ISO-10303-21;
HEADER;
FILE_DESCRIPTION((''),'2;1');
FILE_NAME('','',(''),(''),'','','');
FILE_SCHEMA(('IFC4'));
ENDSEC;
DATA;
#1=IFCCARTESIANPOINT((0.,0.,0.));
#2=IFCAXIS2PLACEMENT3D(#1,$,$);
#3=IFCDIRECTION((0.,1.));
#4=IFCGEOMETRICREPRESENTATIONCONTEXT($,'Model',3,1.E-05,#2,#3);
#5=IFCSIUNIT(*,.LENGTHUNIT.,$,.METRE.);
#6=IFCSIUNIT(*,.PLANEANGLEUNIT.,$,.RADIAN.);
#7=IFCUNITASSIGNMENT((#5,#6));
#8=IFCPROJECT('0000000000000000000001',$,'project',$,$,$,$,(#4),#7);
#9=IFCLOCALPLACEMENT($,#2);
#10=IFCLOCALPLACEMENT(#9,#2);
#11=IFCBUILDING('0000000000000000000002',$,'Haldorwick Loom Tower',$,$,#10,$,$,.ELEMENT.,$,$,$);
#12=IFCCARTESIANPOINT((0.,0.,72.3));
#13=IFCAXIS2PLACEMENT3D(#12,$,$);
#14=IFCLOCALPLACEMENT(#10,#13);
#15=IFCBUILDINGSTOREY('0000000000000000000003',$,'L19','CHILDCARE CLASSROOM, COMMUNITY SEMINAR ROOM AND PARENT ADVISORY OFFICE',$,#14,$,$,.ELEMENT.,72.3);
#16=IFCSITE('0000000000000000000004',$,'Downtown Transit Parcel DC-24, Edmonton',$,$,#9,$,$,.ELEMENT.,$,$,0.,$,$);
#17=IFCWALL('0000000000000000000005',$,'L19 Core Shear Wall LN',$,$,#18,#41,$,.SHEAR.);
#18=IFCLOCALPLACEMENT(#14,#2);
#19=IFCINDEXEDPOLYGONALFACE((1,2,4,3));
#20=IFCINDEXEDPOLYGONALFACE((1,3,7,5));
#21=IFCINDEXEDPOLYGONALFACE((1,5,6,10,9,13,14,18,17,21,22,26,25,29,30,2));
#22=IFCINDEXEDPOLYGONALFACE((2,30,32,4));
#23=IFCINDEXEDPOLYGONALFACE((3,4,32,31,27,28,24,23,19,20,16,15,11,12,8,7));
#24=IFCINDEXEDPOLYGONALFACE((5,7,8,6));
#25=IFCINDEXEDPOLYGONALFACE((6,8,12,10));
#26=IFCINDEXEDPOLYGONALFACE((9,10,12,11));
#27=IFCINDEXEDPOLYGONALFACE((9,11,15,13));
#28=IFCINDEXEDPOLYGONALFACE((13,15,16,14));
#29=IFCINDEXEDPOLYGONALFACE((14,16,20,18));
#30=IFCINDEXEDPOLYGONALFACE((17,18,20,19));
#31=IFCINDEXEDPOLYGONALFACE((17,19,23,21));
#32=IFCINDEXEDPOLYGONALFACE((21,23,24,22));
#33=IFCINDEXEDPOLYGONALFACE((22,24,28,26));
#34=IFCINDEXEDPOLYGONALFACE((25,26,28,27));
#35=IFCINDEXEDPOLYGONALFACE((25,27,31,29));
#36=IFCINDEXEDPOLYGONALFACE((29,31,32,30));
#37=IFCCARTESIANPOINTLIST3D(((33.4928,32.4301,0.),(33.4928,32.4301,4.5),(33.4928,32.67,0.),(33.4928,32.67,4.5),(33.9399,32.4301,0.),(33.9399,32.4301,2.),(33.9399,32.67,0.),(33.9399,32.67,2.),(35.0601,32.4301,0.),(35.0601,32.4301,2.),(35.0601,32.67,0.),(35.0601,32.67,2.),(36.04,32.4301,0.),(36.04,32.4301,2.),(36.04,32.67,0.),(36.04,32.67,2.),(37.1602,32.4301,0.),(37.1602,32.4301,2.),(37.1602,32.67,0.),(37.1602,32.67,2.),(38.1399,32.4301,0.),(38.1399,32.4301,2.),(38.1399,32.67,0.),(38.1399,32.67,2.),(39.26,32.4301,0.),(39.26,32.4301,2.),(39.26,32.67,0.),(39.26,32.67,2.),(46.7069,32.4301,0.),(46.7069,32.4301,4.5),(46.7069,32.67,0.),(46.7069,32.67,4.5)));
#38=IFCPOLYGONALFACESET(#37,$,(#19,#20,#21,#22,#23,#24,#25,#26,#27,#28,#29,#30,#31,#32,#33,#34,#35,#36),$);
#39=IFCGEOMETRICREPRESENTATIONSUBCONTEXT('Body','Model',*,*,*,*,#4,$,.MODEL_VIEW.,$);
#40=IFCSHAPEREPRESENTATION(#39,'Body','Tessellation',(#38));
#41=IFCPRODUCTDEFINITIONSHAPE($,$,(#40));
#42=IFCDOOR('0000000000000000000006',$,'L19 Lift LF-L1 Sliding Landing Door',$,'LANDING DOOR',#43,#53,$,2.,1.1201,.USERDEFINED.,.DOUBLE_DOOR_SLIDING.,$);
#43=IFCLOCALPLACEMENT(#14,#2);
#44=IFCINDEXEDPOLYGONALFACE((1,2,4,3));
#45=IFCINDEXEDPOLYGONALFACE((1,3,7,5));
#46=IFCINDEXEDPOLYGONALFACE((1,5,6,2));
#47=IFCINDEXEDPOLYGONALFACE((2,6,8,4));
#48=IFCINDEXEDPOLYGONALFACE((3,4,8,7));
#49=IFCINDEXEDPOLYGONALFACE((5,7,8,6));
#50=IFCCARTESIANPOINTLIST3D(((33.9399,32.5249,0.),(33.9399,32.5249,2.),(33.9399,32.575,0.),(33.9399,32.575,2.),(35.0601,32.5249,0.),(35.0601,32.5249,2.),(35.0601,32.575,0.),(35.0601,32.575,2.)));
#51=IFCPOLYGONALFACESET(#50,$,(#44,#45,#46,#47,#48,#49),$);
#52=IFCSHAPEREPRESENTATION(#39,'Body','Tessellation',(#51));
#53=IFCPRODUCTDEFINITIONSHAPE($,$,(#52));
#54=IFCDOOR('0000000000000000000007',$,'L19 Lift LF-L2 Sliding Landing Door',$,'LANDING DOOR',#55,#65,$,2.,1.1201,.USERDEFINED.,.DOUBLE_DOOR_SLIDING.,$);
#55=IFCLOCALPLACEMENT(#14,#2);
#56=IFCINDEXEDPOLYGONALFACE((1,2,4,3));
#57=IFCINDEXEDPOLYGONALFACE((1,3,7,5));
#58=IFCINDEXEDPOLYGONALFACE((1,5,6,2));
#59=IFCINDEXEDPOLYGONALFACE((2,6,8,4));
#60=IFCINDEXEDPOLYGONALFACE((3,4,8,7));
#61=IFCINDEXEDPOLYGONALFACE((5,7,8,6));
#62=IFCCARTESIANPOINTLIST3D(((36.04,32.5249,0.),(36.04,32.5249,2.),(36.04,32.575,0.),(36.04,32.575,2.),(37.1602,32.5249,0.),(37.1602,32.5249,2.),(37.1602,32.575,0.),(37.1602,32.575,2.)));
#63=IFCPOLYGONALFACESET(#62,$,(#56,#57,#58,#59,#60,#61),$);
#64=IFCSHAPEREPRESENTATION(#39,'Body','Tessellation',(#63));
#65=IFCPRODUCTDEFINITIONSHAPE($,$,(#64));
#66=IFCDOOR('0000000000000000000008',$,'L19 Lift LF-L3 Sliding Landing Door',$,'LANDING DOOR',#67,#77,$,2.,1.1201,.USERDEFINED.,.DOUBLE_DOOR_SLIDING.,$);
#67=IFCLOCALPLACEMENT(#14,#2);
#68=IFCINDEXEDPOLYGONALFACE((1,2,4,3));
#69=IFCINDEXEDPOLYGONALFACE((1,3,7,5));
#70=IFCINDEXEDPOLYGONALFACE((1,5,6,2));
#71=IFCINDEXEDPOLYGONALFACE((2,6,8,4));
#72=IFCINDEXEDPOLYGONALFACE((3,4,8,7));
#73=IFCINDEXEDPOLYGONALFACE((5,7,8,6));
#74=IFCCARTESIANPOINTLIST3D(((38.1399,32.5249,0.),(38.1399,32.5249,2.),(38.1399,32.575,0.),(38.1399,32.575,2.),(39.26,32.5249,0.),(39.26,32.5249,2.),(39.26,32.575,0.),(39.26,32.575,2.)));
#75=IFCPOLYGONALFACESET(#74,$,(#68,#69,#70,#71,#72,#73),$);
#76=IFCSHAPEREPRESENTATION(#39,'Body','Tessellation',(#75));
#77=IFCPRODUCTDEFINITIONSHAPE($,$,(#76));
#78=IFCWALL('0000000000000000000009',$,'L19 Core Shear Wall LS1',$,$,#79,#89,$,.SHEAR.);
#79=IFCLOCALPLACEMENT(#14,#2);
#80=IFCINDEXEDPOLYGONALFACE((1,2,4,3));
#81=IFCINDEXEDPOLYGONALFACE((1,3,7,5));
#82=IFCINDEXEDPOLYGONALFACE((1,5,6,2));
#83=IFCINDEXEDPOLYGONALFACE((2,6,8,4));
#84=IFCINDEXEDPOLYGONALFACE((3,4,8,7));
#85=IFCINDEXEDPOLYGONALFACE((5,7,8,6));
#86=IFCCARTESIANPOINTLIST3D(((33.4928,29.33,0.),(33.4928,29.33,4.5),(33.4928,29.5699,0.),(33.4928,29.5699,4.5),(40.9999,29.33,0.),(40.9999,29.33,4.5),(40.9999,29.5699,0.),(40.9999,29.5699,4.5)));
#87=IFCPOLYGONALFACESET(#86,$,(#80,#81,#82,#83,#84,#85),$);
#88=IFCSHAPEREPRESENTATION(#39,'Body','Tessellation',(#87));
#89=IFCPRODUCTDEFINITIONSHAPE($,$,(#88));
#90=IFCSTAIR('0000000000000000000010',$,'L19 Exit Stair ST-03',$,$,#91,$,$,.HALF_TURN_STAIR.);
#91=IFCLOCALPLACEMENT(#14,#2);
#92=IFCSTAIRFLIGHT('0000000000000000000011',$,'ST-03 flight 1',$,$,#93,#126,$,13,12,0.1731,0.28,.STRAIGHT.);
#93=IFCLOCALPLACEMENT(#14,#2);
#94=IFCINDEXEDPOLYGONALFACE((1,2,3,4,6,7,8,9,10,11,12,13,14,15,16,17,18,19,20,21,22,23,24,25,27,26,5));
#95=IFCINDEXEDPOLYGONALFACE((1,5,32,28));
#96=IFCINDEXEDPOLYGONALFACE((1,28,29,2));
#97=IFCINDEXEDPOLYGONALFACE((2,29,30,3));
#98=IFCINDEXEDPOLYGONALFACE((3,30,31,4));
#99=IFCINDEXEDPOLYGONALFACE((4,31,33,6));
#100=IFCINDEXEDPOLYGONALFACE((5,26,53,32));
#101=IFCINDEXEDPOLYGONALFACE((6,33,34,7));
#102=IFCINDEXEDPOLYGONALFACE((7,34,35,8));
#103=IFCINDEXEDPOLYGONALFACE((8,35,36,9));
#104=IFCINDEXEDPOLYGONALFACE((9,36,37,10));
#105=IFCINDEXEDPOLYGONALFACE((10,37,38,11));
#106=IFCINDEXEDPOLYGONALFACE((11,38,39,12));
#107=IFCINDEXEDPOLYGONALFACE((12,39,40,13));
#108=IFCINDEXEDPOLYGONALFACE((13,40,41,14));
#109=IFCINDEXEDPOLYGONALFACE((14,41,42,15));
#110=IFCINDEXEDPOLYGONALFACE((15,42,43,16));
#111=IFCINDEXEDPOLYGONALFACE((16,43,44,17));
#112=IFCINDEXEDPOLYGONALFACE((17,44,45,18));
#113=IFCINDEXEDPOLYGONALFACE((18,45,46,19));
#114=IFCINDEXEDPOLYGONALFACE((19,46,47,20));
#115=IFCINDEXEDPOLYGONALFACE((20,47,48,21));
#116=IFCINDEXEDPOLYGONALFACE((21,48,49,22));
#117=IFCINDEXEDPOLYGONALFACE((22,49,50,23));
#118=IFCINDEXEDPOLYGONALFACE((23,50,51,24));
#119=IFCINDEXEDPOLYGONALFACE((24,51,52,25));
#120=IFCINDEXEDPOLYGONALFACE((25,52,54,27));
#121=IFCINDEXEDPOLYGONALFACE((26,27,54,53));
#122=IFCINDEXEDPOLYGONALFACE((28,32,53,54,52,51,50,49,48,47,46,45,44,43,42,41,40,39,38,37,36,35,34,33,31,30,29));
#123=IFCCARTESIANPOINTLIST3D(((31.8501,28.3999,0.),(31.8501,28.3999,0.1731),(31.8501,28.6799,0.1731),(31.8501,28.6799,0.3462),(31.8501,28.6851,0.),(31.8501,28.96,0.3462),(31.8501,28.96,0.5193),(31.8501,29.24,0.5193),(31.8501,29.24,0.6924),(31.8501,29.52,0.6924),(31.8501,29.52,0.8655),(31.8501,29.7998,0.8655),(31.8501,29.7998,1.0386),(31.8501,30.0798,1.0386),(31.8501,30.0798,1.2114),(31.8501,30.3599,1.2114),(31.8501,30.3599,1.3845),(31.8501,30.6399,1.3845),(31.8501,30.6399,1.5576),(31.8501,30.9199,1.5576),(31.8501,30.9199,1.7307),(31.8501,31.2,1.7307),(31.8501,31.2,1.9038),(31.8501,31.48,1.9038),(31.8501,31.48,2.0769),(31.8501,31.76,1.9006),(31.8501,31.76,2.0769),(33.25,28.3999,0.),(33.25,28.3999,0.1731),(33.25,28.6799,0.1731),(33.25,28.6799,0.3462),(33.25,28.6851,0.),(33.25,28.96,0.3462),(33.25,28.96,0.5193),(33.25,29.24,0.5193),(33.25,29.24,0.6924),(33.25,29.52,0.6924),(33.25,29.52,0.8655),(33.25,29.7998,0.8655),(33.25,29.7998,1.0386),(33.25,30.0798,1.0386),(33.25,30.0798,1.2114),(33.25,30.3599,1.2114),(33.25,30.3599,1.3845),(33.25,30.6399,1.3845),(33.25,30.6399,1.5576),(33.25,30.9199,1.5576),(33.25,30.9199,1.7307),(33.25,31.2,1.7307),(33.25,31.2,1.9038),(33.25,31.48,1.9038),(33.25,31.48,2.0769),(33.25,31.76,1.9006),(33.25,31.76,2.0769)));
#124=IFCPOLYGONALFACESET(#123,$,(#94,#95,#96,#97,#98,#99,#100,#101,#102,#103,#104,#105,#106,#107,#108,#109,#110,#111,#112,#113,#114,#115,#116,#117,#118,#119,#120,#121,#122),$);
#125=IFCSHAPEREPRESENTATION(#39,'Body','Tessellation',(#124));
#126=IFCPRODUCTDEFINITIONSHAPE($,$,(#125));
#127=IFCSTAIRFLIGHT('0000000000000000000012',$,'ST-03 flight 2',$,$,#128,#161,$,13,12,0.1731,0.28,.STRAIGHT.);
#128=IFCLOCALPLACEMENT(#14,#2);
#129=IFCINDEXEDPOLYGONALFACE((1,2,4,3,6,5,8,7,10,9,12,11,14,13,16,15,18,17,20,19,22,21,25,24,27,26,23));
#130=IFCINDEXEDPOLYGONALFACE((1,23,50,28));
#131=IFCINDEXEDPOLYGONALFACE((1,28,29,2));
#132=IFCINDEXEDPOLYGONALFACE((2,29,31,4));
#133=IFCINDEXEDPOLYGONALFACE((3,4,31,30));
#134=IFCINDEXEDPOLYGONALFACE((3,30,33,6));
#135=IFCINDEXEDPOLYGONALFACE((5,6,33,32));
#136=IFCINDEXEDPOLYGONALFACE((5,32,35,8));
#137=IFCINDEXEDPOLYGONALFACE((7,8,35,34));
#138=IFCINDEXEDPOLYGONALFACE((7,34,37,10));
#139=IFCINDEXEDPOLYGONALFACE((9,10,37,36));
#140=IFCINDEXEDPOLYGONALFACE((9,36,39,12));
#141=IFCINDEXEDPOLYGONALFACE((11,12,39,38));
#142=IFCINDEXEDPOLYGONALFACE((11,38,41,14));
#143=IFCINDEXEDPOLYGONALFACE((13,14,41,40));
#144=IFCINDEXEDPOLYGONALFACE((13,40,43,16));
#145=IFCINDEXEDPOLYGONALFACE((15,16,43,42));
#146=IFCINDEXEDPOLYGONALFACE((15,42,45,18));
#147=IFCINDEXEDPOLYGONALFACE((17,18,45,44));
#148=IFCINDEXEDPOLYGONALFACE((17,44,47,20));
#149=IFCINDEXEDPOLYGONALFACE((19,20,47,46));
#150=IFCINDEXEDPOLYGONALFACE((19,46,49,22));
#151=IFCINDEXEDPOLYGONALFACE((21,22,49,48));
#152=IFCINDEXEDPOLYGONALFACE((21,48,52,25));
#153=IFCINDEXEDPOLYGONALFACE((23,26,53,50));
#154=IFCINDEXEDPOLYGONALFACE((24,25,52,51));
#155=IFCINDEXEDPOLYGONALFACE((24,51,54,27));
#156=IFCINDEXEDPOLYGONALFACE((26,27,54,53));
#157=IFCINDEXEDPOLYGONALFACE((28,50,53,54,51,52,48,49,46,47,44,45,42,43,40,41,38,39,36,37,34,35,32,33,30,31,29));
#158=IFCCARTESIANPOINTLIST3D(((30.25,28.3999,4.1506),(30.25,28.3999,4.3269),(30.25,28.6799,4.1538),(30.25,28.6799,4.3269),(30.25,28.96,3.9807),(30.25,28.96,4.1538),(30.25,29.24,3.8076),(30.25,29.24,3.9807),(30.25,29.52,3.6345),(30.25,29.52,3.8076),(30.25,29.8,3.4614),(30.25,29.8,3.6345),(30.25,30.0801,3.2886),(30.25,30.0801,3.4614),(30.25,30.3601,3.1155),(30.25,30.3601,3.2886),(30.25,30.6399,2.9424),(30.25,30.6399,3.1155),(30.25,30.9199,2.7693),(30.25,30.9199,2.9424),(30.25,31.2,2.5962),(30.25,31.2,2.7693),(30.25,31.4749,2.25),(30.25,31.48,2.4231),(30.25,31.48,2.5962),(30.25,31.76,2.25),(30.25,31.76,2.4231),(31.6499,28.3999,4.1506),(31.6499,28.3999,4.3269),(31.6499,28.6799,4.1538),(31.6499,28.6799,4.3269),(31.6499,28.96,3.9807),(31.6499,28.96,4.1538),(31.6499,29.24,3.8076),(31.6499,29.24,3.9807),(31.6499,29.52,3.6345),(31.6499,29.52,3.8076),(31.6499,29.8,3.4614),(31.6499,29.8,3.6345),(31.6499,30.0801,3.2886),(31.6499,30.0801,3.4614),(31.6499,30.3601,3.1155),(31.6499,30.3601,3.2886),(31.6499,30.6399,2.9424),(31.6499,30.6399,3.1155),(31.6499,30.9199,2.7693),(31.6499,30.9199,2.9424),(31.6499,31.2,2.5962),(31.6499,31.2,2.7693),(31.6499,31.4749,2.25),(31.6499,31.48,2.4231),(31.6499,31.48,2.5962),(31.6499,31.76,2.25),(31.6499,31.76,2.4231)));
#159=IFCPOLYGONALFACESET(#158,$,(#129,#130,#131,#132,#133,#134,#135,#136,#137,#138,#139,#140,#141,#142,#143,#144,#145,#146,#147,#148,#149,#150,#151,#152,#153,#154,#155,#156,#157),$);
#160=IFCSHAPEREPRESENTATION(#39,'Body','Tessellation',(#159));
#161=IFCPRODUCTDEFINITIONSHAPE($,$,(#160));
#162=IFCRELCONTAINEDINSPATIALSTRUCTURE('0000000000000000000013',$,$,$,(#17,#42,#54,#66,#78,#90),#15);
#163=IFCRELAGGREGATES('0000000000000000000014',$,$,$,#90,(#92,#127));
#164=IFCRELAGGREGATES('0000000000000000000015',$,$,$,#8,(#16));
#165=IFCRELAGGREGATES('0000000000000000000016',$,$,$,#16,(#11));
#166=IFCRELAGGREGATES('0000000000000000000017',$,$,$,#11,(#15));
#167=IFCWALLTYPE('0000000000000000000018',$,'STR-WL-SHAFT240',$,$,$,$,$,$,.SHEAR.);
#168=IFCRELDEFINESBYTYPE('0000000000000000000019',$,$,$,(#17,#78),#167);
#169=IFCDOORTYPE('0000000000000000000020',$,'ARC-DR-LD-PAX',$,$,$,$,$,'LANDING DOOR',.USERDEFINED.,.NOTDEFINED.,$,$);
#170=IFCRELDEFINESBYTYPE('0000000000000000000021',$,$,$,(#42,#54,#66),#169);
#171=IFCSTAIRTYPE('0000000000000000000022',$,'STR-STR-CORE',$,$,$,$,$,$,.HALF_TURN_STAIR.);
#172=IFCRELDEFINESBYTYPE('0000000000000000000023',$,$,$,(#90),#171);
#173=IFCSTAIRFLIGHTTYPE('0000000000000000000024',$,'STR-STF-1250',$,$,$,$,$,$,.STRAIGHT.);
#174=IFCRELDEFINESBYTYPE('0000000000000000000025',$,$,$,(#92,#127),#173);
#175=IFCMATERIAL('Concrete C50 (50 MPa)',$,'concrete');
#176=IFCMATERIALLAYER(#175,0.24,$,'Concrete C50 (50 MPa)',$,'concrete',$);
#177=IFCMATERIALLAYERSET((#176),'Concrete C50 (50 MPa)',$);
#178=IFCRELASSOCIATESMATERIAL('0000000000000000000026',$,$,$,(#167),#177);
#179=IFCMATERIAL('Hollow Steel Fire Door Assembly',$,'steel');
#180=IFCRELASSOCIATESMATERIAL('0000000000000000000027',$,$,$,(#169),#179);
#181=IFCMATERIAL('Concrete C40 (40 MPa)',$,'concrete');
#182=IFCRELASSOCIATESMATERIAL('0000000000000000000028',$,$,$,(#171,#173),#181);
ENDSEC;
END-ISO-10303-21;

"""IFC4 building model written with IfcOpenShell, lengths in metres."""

from ifc_helpers import new_model, si_unit, direction, frame, frame_2d, origin, place, context, subcontext, project, spatial, polyline, rectangle, outline, extrude, material, layer, layer_set, type_object, element, fill, aggregate, save


model = new_model("IFC4")

# Units and contexts
model_context = context("Model", 3, precision=1e-05, world=origin(), true_north=direction((0.0, 1.0)))
body_context = subcontext(model_context, "Body", "Model", "MODEL_VIEW")
ifc_project = project(units=[si_unit("LENGTHUNIT", "METRE"), si_unit("PLANEANGLEUNIT", "RADIAN")], contexts=[model_context])

# Site, building, storey
site_placement = place(None, origin())
site = spatial("IfcSite", under=ifc_project, at=site_placement, Name="Downtown Transit Parcel DC-24, Edmonton", CompositionType="ELEMENT", RefElevation=0.0)
building_placement = place(site_placement, origin())
building = spatial("IfcBuilding", under=site, at=building_placement, Name="Haldorwick Loom Tower", CompositionType="ELEMENT")
storey_placement = place(building_placement, frame((0.0, 0.0, 72.3)))
storey = spatial("IfcBuildingStorey", under=building, at=storey_placement, Name="L19", Description="CHILDCARE CLASSROOM, COMMUNITY SEMINAR ROOM AND PARENT ADVISORY OFFICE", CompositionType="ELEMENT", Elevation=72.3)

# Shared definitions
ifc_material_1 = material(Name="Concrete C50 (50 MPa)", Category="concrete")
ifc_layer_1 = layer(ifc_material_1, 0.24, Name="Concrete C50 (50 MPa)", Category="concrete")
ifc_layer_set_1 = layer_set([ifc_layer_1], Name="Concrete C50 (50 MPa)")
wall_type_1 = type_object("IfcWallType", Name="STR-WL-SHAFT240", PredefinedType="SHEAR", material=ifc_layer_set_1)

# Wall, openings, doors
wall_1_placement = place(storey_placement, frame((33.4929, 32.55, 0.0), z_axis=(0.0, 0.0, 1.0), x_axis=(1.0, 0.0, 0.0)))
wall_1 = element("IfcWall", 1, at=wall_1_placement, inside=storey, type_object=wall_type_1, Name="L19 Core Shear Wall LN", PredefinedType="SHEAR", context=body_context, shape_type="SweptSolid", body=[
    extrude(rectangle(XDim=13.2141, YDim=0.24, at=frame_2d((6.6069, 0.0))), origin(), (0.0, 0.0, 1.0), 4.5),
])
opening_1_placement = place(wall_1_placement, frame((0.447, 0.0, 0.0)))
opening_1 = element("IfcOpeningElement", 2, at=opening_1_placement, cuts=wall_1, PredefinedType="OPENING", context=body_context, shape_type="SweptSolid", body=[
    extrude(rectangle(XDim=1.1201, YDim=2.0, at=frame_2d((0.5601, 1.0))), frame((0.0, 0.1299, 0.0), z_axis=(0.0, -1.0, 0.0), x_axis=(1.0, 0.0, 0.0)), (0.0, 0.0, 1.0), 0.26),
])
opening_2_placement = place(wall_1_placement, frame((2.5471, 0.0, 0.0)))
opening_2 = element("IfcOpeningElement", 3, at=opening_2_placement, cuts=wall_1, PredefinedType="OPENING", context=body_context, shape_type="SweptSolid", body=[
    extrude(rectangle(XDim=1.1201, YDim=2.0, at=frame_2d((0.5601, 1.0))), frame((0.0, 0.1299, 0.0), z_axis=(0.0, -1.0, 0.0), x_axis=(1.0, 0.0, 0.0)), (0.0, 0.0, 1.0), 0.26),
])
opening_3_placement = place(wall_1_placement, frame((4.647, 0.0, 0.0)))
opening_3 = element("IfcOpeningElement", 4, at=opening_3_placement, cuts=wall_1, PredefinedType="OPENING", context=body_context, shape_type="SweptSolid", body=[
    extrude(rectangle(XDim=1.1201, YDim=2.0, at=frame_2d((0.5601, 1.0))), frame((0.0, 0.1299, 0.0), z_axis=(0.0, -1.0, 0.0), x_axis=(1.0, 0.0, 0.0)), (0.0, 0.0, 1.0), 0.26),
])
ifc_material_2 = material(Name="Hollow Steel Fire Door Assembly", Category="steel")
door_type = type_object("IfcDoorType", Name="ARC-DR-LD-PAX", ElementType="LANDING DOOR", OperationType="NOTDEFINED", PredefinedType="USERDEFINED", material=ifc_material_2)
door_1_placement = place(opening_1_placement, origin())
door_1 = element("IfcDoor", 5, at=door_1_placement, inside=storey, type_object=door_type, Name="L19 Lift LF-L1 Sliding Landing Door", ObjectType="LANDING DOOR", OperationType="DOUBLE_DOOR_SLIDING", OverallHeight=2.0, OverallWidth=1.1201, PredefinedType="USERDEFINED", context=body_context, shape_type="SweptSolid", body=[
    extrude(rectangle(XDim=1.1201, YDim=2.0, at=frame_2d((0.5601, 1.0))), frame((0.0, 0.0249, 0.0), z_axis=(0.0, -1.0, 0.0), x_axis=(1.0, 0.0, 0.0)), (0.0, 0.0, 1.0), 0.05),
])
fill(opening_1, door_1)
door_2_placement = place(opening_2_placement, origin())
door_2 = element("IfcDoor", 6, at=door_2_placement, inside=storey, type_object=door_type, Name="L19 Lift LF-L2 Sliding Landing Door", ObjectType="LANDING DOOR", OperationType="DOUBLE_DOOR_SLIDING", OverallHeight=2.0, OverallWidth=1.1201, PredefinedType="USERDEFINED", context=body_context, shape_type="SweptSolid", body=[
    extrude(rectangle(XDim=1.1201, YDim=2.0, at=frame_2d((0.5601, 1.0))), frame((0.0, 0.0249, 0.0), z_axis=(0.0, -1.0, 0.0), x_axis=(1.0, 0.0, 0.0)), (0.0, 0.0, 1.0), 0.05),
])
fill(opening_2, door_2)
door_3_placement = place(opening_3_placement, origin())
door_3 = element("IfcDoor", 7, at=door_3_placement, inside=storey, type_object=door_type, Name="L19 Lift LF-L3 Sliding Landing Door", ObjectType="LANDING DOOR", OperationType="DOUBLE_DOOR_SLIDING", OverallHeight=2.0, OverallWidth=1.1201, PredefinedType="USERDEFINED", context=body_context, shape_type="SweptSolid", body=[
    extrude(rectangle(XDim=1.1201, YDim=2.0, at=frame_2d((0.5601, 1.0))), frame((0.0, 0.0249, 0.0), z_axis=(0.0, -1.0, 0.0), x_axis=(1.0, 0.0, 0.0)), (0.0, 0.0, 1.0), 0.05),
])
fill(opening_3, door_3)

# Wall
wall_2_placement = place(storey_placement, frame((33.4929, 29.45, 0.0), z_axis=(0.0, 0.0, 1.0), x_axis=(1.0, 0.0, 0.0)))
element("IfcWall", 8, at=wall_2_placement, inside=storey, type_object=wall_type_1, Name="L19 Core Shear Wall LS1", PredefinedType="SHEAR", context=body_context, shape_type="SweptSolid", body=[
    extrude(rectangle(XDim=7.5071, YDim=0.24, at=frame_2d((3.7534, 0.0))), origin(), (0.0, 0.0, 1.0), 4.5),
])

# Stair, stair flights
ifc_material_3 = material(Name="Concrete C40 (40 MPa)", Category="concrete")
stair_type = type_object("IfcStairType", Name="STR-STR-CORE", PredefinedType="HALF_TURN_STAIR", material=ifc_material_3)
stair_placement = place(storey_placement, origin())
stair = element("IfcStair", 9, at=stair_placement, inside=storey, type_object=stair_type, Name="L19 Exit Stair ST-03", PredefinedType="HALF_TURN_STAIR")
stair_flight_type = type_object("IfcStairFlightType", Name="STR-STF-1250", PredefinedType="STRAIGHT", material=ifc_material_3)
stair_flight_1_placement = place(storey_placement, frame((32.55, 28.3999, 0.0), z_axis=(0.0, 0.0, 1.0), x_axis=(0.0, 1.0, 0.0)))
stair_flight_1 = element("IfcStairFlight", 10, at=stair_flight_1_placement, type_object=stair_flight_type, Name="ST-03 flight 1", NumberOfRisers=13, NumberOfTreads=12, PredefinedType="STRAIGHT", RiserHeight=0.1731, TreadLength=0.28, context=body_context, shape_type="SweptSolid", body=[
    extrude(outline(polyline([(0.0, 0.0), (0.0, 0.1731), (0.28, 0.1731), (0.28, 0.3462), (0.5601, 0.3462), (0.5601, 0.5193), (0.8401, 0.5193), (0.8401, 0.6924), (1.1201, 0.6924), (1.1201, 0.8655), (1.3999, 0.8655), (1.3999, 1.0386), (1.6799, 1.0386), (1.6799, 1.2114), (1.96, 1.2114), (1.96, 1.3845), (2.24, 1.3845), (2.24, 1.5576), (2.52, 1.5576), (2.52, 1.7307), (2.8, 1.7307), (2.8, 1.9038), (3.0801, 1.9038), (3.0801, 2.0769), (3.3601, 2.0769), (3.3601, 2.25), (3.3601, 1.9006), (0.2852, 0.0), (0.0, 0.0)])), frame((0.0, 0.7, 0.0), z_axis=(0.0, -1.0, 0.0), x_axis=(1.0, 0.0, 0.0)), (0.0, 0.0, 1.0), 1.3999),
])
stair_flight_2_placement = place(storey_placement, frame((30.95, 31.76, 2.25), z_axis=(0.0, 0.0, 1.0), x_axis=(0.0, -1.0, 0.0)))
stair_flight_2 = element("IfcStairFlight", 11, at=stair_flight_2_placement, type_object=stair_flight_type, Name="ST-03 flight 2", NumberOfRisers=13, NumberOfTreads=12, PredefinedType="STRAIGHT", RiserHeight=0.1731, TreadLength=0.28, context=body_context, shape_type="SweptSolid", body=[
    extrude(outline(polyline([(0.0, 0.0), (0.0, 0.1731), (0.28, 0.1731), (0.28, 0.3462), (0.5601, 0.3462), (0.5601, 0.5193), (0.8401, 0.5193), (0.8401, 0.6924), (1.1201, 0.6924), (1.1201, 0.8655), (1.3999, 0.8655), (1.3999, 1.0386), (1.6799, 1.0386), (1.6799, 1.2114), (1.96, 1.2114), (1.96, 1.3845), (2.24, 1.3845), (2.24, 1.5576), (2.52, 1.5576), (2.52, 1.7307), (2.8, 1.7307), (2.8, 1.9038), (3.0801, 1.9038), (3.0801, 2.0769), (3.3601, 2.0769), (3.3601, 2.25), (3.3601, 1.9006), (0.2852, 0.0), (0.0, 0.0)])), frame((0.0, 0.7, 0.0), z_axis=(0.0, -1.0, 0.0), x_axis=(1.0, 0.0, 0.0)), (0.0, 0.0, 1.0), 1.3999),
])
aggregate(stair, [stair_flight_1, stair_flight_2])

save(model, "model.ifc")
